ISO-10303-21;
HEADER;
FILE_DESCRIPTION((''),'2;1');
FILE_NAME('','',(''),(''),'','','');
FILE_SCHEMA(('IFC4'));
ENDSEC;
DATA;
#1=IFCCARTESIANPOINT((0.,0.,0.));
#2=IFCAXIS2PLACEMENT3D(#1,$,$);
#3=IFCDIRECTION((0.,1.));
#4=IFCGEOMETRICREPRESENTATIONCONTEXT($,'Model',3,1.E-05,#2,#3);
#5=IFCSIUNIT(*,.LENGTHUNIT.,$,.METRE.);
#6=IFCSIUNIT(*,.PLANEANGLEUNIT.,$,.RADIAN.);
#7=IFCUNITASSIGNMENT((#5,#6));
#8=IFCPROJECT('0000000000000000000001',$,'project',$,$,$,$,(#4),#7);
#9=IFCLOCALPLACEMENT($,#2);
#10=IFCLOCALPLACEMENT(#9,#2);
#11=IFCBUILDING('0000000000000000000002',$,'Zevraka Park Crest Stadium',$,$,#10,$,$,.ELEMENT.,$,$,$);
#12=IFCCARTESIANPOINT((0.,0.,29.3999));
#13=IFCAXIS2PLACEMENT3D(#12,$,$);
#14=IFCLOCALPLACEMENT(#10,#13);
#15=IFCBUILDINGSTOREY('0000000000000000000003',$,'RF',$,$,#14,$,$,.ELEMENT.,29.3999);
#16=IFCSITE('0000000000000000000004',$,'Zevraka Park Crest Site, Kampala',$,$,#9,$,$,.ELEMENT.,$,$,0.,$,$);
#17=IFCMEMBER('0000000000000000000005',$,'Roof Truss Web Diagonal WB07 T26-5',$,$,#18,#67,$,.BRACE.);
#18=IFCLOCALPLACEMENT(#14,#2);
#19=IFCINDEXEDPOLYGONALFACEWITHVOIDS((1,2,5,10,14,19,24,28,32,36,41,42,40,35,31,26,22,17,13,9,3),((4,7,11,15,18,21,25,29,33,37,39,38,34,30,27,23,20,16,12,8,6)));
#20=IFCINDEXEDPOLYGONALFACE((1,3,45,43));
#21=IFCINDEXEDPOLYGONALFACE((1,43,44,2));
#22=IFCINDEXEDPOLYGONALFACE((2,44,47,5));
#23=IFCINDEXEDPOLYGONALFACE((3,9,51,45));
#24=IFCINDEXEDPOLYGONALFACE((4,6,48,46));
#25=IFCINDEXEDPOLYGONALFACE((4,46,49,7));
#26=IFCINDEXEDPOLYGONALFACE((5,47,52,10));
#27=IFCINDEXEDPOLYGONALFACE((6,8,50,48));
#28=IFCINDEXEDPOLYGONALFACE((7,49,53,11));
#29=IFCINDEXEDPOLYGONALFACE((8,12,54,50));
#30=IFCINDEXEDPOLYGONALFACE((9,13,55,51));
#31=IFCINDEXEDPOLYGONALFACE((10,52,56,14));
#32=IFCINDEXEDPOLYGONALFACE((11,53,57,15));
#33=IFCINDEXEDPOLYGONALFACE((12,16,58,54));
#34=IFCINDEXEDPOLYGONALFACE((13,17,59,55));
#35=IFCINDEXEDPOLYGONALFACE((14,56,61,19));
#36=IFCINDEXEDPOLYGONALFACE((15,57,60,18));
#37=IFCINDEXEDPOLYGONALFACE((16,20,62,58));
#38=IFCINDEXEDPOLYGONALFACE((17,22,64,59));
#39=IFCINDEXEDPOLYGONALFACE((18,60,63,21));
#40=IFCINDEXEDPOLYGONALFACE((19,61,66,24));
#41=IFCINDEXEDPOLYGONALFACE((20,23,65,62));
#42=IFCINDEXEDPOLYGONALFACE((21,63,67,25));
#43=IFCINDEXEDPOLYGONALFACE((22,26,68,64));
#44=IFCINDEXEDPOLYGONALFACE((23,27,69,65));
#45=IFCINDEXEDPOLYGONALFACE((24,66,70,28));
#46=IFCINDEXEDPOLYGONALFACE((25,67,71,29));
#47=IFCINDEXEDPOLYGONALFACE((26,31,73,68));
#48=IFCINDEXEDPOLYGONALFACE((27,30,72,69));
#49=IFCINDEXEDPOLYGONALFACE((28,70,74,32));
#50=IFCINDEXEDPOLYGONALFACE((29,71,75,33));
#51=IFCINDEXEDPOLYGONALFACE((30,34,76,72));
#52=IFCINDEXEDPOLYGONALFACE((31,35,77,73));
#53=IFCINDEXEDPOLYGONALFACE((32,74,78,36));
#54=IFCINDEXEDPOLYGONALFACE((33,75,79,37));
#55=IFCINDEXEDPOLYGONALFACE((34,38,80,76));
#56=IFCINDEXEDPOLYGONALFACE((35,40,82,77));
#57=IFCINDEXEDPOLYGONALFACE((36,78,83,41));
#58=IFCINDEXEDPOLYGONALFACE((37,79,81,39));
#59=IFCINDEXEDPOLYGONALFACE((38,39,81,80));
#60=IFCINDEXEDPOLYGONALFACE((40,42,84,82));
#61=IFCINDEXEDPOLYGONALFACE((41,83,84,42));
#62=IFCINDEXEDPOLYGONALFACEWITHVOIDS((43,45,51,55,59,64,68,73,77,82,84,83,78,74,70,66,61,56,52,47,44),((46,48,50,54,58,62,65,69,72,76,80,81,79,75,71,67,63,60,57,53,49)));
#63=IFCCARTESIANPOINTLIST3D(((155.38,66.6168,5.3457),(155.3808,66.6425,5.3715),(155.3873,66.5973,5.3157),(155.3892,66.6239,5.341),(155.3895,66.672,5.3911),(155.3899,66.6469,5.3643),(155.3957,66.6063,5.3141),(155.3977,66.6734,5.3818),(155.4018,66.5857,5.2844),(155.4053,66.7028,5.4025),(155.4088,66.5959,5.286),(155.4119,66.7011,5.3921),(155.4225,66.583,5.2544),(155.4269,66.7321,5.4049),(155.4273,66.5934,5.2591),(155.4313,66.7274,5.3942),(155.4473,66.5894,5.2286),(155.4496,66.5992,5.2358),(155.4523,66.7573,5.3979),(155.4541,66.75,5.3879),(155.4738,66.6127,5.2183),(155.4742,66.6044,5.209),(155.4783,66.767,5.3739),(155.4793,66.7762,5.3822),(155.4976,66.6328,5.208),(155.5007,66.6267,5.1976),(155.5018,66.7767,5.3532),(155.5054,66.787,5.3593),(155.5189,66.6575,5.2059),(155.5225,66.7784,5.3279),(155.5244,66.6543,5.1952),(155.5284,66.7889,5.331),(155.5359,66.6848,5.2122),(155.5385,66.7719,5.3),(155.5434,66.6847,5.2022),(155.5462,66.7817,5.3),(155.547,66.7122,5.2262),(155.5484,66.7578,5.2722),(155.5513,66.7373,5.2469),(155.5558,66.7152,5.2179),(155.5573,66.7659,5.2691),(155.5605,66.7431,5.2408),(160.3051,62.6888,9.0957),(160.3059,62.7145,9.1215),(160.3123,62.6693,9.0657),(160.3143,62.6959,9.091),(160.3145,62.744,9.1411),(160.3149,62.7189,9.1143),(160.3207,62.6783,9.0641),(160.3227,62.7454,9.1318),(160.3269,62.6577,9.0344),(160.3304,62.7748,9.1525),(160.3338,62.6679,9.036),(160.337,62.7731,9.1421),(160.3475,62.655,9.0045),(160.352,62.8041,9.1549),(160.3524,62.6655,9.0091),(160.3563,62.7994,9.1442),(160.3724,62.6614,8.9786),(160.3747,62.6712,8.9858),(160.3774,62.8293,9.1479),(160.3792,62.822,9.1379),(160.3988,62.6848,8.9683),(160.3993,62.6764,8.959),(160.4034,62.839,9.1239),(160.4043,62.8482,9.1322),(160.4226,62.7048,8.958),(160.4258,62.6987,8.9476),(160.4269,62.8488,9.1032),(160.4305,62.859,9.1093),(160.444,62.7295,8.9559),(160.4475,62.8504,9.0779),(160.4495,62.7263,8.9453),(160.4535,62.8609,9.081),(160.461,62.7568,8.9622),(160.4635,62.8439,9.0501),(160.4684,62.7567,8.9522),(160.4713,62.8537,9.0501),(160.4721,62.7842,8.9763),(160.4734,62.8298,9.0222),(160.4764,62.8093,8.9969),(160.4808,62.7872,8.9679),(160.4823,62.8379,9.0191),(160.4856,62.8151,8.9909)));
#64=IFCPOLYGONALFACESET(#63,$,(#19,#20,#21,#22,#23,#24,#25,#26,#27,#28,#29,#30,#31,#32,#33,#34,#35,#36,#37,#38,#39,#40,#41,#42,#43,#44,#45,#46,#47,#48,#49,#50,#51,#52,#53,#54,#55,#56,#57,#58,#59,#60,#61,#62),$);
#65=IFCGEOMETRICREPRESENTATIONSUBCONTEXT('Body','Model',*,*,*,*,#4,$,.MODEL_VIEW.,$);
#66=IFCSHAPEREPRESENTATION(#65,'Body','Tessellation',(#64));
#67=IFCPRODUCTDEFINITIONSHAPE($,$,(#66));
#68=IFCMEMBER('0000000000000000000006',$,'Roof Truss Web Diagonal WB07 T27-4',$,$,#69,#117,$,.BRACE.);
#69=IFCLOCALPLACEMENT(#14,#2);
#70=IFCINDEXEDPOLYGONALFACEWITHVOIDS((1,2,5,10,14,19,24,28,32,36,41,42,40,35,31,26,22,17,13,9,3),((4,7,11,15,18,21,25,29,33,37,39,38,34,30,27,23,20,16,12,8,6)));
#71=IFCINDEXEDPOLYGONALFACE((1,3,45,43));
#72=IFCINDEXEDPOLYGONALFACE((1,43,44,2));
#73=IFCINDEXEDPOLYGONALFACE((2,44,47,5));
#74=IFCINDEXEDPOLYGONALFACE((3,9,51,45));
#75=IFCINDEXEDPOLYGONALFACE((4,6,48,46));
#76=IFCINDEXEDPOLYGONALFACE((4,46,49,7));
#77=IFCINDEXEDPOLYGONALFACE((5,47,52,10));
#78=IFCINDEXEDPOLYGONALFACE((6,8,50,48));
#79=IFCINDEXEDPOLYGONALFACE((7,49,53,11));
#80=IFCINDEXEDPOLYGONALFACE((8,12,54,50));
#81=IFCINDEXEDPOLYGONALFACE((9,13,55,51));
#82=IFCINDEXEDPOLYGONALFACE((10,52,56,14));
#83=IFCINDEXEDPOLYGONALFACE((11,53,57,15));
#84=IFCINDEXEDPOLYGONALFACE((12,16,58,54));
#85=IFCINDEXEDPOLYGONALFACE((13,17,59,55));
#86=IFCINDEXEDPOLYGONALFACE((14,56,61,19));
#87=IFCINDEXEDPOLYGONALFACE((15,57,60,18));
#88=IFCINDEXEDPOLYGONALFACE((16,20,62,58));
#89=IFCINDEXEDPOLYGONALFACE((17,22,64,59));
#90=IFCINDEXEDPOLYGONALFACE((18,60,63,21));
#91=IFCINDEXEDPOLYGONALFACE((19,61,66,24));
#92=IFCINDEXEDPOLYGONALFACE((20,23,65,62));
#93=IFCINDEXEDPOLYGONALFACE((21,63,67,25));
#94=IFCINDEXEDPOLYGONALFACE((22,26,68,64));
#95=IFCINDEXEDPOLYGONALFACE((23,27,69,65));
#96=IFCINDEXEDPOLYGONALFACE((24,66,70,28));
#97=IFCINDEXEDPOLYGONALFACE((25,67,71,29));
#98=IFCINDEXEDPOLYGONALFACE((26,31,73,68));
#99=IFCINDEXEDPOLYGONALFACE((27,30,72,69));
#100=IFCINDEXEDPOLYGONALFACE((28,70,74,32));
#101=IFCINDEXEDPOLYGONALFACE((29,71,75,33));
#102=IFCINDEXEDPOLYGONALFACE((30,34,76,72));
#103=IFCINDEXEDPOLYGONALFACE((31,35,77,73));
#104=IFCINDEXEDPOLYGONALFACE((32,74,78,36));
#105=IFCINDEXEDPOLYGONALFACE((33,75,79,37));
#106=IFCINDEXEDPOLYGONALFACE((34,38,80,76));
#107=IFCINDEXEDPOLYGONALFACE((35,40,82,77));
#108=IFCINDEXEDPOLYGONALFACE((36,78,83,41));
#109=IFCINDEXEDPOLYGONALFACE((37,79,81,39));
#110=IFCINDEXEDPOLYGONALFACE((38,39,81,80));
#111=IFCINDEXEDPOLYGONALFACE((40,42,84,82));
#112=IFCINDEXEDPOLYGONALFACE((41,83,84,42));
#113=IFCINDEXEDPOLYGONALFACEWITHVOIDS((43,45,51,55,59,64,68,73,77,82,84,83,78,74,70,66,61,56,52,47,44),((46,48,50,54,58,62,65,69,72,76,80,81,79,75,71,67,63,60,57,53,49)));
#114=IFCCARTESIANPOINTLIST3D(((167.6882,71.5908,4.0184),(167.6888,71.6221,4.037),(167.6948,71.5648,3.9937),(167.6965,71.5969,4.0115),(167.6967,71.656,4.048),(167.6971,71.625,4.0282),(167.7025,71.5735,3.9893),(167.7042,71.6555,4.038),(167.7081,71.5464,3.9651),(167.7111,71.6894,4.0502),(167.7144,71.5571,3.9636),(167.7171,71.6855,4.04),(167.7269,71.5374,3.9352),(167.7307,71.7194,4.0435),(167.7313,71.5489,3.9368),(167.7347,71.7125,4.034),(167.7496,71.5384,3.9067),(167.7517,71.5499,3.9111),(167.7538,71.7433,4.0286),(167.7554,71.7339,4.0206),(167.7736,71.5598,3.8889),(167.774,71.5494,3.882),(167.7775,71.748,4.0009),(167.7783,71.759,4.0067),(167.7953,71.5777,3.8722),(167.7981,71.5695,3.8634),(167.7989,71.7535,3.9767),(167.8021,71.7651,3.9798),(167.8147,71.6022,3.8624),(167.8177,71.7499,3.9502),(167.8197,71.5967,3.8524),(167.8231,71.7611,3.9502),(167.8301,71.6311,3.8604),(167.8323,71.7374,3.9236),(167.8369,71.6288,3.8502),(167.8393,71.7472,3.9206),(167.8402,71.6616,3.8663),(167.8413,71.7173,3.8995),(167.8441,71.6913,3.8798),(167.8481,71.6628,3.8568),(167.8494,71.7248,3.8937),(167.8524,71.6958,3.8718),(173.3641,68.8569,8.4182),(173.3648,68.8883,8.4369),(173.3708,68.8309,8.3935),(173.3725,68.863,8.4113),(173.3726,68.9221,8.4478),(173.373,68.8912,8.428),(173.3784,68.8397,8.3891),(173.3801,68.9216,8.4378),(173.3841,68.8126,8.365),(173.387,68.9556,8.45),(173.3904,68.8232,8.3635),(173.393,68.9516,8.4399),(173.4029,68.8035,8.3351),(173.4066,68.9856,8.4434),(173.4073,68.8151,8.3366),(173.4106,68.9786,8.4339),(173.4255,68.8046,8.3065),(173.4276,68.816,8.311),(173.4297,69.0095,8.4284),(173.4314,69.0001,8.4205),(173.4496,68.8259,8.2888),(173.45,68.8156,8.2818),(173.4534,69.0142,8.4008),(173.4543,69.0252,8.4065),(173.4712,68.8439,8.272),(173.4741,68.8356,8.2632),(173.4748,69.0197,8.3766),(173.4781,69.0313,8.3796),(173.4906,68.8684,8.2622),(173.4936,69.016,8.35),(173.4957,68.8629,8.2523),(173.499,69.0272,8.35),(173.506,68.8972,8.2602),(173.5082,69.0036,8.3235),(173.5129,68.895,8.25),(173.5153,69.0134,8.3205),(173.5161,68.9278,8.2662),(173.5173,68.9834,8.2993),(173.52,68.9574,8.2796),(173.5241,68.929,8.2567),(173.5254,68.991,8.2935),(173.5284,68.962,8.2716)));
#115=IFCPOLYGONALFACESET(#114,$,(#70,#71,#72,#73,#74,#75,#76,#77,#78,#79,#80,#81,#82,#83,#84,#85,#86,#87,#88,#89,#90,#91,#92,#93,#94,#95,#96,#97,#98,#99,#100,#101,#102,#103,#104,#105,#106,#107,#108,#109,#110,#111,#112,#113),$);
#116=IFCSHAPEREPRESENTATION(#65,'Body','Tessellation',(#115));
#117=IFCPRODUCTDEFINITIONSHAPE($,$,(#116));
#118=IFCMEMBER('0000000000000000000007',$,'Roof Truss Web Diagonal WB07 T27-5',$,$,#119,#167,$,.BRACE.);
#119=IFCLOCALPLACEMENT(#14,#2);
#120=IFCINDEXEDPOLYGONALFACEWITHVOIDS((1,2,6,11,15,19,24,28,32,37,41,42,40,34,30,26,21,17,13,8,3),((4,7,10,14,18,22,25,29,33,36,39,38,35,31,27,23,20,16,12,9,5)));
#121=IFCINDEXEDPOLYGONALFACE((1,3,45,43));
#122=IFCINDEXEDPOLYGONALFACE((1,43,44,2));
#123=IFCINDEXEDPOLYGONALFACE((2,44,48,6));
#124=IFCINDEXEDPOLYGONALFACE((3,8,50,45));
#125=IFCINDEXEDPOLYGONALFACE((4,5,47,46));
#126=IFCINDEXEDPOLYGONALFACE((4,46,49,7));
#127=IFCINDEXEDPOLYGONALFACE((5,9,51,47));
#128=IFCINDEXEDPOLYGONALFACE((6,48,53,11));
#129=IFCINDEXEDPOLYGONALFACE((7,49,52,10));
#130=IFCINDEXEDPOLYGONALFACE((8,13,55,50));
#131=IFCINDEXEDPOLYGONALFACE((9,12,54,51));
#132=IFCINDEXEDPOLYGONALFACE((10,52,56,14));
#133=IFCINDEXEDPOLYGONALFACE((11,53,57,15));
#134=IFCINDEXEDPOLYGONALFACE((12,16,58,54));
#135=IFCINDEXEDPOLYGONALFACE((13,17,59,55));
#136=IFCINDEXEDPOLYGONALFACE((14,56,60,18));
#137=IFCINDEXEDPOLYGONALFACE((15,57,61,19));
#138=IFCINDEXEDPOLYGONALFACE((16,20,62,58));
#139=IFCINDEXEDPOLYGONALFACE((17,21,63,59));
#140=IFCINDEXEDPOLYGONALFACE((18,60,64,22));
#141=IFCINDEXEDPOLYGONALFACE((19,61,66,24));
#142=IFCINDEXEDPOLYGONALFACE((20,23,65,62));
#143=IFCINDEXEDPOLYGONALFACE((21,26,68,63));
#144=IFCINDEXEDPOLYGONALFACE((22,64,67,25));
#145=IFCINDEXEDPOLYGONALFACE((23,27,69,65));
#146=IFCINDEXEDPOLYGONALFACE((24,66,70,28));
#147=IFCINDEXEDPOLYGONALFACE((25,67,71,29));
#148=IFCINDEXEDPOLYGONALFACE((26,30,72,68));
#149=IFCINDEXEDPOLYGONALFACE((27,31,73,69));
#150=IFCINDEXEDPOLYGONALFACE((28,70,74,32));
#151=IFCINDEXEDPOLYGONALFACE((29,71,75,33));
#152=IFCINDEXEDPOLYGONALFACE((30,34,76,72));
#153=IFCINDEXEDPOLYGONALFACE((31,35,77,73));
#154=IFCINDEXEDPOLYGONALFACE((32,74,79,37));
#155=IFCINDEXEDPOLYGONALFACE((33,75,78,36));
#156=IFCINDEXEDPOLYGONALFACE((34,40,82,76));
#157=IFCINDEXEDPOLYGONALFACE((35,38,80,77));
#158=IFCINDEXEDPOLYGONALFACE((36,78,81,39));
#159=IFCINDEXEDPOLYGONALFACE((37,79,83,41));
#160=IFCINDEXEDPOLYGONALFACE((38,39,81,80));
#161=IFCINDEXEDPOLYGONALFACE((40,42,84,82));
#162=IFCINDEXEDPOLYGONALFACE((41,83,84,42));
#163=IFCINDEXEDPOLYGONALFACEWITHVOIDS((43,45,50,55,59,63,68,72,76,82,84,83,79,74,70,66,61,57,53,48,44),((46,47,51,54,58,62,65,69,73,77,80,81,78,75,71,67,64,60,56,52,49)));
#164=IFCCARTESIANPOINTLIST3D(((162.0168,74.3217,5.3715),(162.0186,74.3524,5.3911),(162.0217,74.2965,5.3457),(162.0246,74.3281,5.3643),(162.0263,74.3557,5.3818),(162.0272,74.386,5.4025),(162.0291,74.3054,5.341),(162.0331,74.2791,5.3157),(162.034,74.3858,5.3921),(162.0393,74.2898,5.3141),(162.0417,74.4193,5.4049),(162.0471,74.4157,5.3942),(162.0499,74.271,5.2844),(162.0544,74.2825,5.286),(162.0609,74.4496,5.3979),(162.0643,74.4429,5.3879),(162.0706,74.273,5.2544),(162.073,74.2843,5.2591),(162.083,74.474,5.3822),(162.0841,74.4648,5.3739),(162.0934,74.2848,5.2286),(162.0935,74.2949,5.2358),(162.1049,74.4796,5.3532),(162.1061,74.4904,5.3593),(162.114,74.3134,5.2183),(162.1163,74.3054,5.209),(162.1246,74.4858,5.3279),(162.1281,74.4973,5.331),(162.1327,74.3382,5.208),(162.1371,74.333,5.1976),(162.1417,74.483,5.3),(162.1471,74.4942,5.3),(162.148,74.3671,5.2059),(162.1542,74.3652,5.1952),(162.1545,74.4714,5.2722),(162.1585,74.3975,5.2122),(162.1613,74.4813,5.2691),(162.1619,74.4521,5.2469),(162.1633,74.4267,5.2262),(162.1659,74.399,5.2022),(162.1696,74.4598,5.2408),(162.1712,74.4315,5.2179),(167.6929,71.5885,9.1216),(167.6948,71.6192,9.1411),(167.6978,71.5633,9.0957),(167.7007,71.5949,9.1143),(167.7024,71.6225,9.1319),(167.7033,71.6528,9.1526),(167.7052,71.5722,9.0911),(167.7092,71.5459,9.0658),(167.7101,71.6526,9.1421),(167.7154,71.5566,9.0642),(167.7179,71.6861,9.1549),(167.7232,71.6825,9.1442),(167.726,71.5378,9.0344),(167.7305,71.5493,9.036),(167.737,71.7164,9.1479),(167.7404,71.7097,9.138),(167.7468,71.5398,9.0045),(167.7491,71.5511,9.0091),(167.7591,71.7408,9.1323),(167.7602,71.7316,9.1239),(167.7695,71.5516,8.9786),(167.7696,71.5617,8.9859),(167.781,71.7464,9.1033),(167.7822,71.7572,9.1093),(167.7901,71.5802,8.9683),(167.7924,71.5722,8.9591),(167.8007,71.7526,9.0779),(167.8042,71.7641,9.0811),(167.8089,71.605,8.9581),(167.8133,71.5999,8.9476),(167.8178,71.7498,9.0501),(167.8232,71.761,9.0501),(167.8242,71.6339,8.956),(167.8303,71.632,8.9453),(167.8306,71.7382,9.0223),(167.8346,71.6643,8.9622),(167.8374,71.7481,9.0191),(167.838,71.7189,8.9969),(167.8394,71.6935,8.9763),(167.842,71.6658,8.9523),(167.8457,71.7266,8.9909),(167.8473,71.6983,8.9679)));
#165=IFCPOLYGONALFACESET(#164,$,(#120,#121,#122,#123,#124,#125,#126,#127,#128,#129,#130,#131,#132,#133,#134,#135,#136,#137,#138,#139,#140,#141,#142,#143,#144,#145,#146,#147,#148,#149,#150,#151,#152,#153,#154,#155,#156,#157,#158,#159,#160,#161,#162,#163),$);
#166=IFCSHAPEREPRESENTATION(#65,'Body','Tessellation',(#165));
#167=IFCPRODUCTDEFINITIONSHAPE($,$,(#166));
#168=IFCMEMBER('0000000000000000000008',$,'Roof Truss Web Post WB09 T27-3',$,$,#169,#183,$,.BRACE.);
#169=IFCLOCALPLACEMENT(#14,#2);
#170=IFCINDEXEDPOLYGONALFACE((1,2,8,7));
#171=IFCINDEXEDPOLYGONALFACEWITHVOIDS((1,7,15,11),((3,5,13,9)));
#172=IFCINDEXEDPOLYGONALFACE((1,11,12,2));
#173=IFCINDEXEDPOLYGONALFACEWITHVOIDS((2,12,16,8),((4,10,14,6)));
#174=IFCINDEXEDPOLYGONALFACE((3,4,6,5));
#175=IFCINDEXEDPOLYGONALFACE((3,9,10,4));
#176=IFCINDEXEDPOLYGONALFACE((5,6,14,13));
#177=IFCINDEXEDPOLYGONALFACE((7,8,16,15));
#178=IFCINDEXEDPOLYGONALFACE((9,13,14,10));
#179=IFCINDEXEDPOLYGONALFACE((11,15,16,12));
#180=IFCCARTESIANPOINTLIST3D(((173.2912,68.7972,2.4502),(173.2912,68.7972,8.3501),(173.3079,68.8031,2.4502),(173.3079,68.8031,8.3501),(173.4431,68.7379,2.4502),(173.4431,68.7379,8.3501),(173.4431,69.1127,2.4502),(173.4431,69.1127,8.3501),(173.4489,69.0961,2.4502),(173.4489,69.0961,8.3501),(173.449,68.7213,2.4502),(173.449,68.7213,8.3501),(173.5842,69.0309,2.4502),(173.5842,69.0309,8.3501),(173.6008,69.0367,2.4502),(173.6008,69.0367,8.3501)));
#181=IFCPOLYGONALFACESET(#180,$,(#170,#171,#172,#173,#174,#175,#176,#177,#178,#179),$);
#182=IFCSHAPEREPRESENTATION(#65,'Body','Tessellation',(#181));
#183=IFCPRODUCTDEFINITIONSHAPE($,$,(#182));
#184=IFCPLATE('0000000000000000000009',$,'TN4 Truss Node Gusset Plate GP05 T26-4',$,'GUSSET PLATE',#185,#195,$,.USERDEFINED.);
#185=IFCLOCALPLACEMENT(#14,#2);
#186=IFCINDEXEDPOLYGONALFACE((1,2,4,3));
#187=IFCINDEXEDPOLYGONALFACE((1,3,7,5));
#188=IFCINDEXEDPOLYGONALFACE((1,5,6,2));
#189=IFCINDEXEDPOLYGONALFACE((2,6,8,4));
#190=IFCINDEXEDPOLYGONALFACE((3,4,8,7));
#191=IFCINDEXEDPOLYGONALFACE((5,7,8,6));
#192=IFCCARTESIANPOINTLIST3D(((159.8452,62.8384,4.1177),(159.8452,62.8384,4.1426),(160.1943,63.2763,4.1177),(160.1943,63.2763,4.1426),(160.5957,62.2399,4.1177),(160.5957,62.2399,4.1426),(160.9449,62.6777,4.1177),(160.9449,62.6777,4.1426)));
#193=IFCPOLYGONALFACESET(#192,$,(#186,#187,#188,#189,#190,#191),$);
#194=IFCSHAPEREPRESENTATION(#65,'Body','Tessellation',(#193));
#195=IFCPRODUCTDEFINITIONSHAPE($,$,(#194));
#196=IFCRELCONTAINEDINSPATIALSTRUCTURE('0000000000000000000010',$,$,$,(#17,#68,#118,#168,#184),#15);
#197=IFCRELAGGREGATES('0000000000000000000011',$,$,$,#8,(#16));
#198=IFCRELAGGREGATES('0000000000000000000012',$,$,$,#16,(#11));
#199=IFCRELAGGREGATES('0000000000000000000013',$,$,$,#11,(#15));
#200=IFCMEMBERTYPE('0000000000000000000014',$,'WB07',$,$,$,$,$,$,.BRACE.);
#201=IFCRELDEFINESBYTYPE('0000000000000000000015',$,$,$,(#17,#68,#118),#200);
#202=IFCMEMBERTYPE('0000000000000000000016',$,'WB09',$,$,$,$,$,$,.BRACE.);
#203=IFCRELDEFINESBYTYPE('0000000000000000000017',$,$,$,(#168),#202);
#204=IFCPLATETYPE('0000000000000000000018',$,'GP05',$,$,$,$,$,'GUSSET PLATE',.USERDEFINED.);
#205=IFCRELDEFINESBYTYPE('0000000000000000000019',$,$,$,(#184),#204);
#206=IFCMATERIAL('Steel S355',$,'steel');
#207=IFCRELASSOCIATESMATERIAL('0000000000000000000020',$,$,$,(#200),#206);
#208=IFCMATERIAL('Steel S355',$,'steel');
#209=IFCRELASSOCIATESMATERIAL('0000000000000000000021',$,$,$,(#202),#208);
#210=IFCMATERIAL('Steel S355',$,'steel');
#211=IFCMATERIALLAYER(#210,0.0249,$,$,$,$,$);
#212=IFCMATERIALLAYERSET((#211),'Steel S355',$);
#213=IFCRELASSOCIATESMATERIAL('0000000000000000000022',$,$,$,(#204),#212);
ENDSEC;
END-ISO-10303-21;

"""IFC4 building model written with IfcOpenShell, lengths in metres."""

from ifc_helpers import new_model, si_unit, direction, frame, origin, origin_2d, place, context, subcontext, project, spatial, rectangle, hollow_rectangle, hollow_circle, extrude, material, layer, layer_set, material_profile, profile_set, type_object, element, save


model = new_model("IFC4")

# Units and contexts
model_context = context("Model", 3, precision=1e-05, world=origin(), true_north=direction((0.0, 1.0)))
body_context = subcontext(model_context, "Body", "Model", "MODEL_VIEW")
ifc_project = project(units=[si_unit("LENGTHUNIT", "METRE"), si_unit("PLANEANGLEUNIT", "RADIAN")], contexts=[model_context])

# Site, building, storey
site_placement = place(None, origin())
site = spatial("IfcSite", under=ifc_project, at=site_placement, Name="Zevraka Park Crest Site, Kampala", CompositionType="ELEMENT", RefElevation=0.0)
building_placement = place(site_placement, origin())
building = spatial("IfcBuilding", under=site, at=building_placement, Name="Zevraka Park Crest Stadium", CompositionType="ELEMENT")
storey_placement = place(building_placement, frame((0.0, 0.0, 29.3999)))
storey = spatial("IfcBuildingStorey", under=building, at=storey_placement, Name="RF", CompositionType="ELEMENT", Elevation=29.3999)

# Members
ifc_material_1 = material(Name="Steel S355", Category="steel")
ifc_material_profile_1 = material_profile(ifc_material_1, hollow_circle(Radius=0.1223, WallThickness=0.0125, at=origin_2d()), Name="CHS 244.5x12.5")
ifc_profile_set_1 = profile_set([ifc_material_profile_1], Name="Steel S355")
member_type_1 = type_object("IfcMemberType", Name="WB07", PredefinedType="BRACE", material=ifc_profile_set_1)
member_1_placement = place(storey_placement, frame((155.47, 66.686, 5.3), z_axis=(0.671786, -0.535784, 0.511507), x_axis=(0.623527, 0.781802, 0.0)))
element("IfcMember", 1, at=member_1_placement, inside=storey, type_object=member_type_1, Name="Roof Truss Web Diagonal WB07 T26-5", PredefinedType="BRACE", context=body_context, shape_type="SweptSolid", body=[
    extrude(hollow_circle(Radius=0.1223, WallThickness=0.0125, at=origin_2d()), origin(), (0.0, 0.0, 1.0), 7.3313),
])
member_2_placement = place(storey_placement, frame((167.77, 71.6509, 3.9502), z_axis=(0.738639, -0.355769, 0.572573), x_axis=(0.433943, 0.900941, 0.0)))
element("IfcMember", 2, at=member_2_placement, inside=storey, type_object=member_type_1, Name="Roof Truss Web Diagonal WB07 T27-4", PredefinedType="BRACE", context=body_context, shape_type="SweptSolid", body=[
    extrude(hollow_circle(Radius=0.1223, WallThickness=0.0125, at=origin_2d()), origin(), (0.0, 0.0, 1.0), 7.6843),
])
member_3_placement = place(storey_placement, frame((162.094, 74.384, 5.3), z_axis=(0.774204, -0.3728, 0.511496), x_axis=(0.433848, 0.900986, 0.0)))
element("IfcMember", 3, at=member_3_placement, inside=storey, type_object=member_type_1, Name="Roof Truss Web Diagonal WB07 T27-5", PredefinedType="BRACE", context=body_context, shape_type="SweptSolid", body=[
    extrude(hollow_circle(Radius=0.1223, WallThickness=0.0125, at=origin_2d()), origin(), (0.0, 0.0, 1.0), 7.3315),
])
ifc_material_2 = material(Name="Steel S355", Category="steel")
ifc_material_profile_2 = material_profile(ifc_material_2, hollow_rectangle(XDim=0.175, YDim=0.3501, WallThickness=0.0125, at=origin_2d()), Name="RHS 350x175x12.5")
ifc_profile_set_2 = profile_set([ifc_material_profile_2], Name="Steel S355")
member_type_2 = type_object("IfcMemberType", Name="WB09", PredefinedType="BRACE", material=ifc_profile_set_2)
member_4_placement = place(storey_placement, frame((173.446, 68.917, 2.4502), z_axis=(0.0, 0.0, 1.0), x_axis=(-0.901001, 0.433816, 0.0)))
element("IfcMember", 4, at=member_4_placement, inside=storey, type_object=member_type_2, Name="Roof Truss Web Post WB09 T27-3", PredefinedType="BRACE", context=body_context, shape_type="SweptSolid", body=[
    extrude(hollow_rectangle(XDim=0.175, YDim=0.3501, WallThickness=0.0125, at=origin_2d()), origin(), (0.0, 0.0, 1.0), 5.8999),
])

# Plate
ifc_material_3 = material(Name="Steel S355", Category="steel")
ifc_layer_1 = layer(ifc_material_3, 0.0249)
ifc_layer_set_1 = layer_set([ifc_layer_1], Name="Steel S355")
plate_type_1 = type_object("IfcPlateType", Name="GP05", ElementType="GUSSET PLATE", PredefinedType="USERDEFINED", material=ifc_layer_set_1)
for number, where, z_axis, x_axis, name in (
    (5, (160.395, 62.7581, 4.1177), (0.0, 0.0, 1.0), (-0.781847, 0.62347, 0.0), "TN4 Truss Node Gusset Plate GP05 T26-4"),
):
    element("IfcPlate", number, at=place(storey_placement, frame(where, z_axis=z_axis, x_axis=x_axis)), inside=storey, type_object=plate_type_1, Name=name, ObjectType="GUSSET PLATE", PredefinedType="USERDEFINED", context=body_context, shape_type="SweptSolid", body=[
        extrude(rectangle(XDim=0.96, YDim=0.5601, at=origin_2d()), origin(), (0.0, 0.0, 1.0), 0.0249),
    ])

save(model, "model.ifc")
